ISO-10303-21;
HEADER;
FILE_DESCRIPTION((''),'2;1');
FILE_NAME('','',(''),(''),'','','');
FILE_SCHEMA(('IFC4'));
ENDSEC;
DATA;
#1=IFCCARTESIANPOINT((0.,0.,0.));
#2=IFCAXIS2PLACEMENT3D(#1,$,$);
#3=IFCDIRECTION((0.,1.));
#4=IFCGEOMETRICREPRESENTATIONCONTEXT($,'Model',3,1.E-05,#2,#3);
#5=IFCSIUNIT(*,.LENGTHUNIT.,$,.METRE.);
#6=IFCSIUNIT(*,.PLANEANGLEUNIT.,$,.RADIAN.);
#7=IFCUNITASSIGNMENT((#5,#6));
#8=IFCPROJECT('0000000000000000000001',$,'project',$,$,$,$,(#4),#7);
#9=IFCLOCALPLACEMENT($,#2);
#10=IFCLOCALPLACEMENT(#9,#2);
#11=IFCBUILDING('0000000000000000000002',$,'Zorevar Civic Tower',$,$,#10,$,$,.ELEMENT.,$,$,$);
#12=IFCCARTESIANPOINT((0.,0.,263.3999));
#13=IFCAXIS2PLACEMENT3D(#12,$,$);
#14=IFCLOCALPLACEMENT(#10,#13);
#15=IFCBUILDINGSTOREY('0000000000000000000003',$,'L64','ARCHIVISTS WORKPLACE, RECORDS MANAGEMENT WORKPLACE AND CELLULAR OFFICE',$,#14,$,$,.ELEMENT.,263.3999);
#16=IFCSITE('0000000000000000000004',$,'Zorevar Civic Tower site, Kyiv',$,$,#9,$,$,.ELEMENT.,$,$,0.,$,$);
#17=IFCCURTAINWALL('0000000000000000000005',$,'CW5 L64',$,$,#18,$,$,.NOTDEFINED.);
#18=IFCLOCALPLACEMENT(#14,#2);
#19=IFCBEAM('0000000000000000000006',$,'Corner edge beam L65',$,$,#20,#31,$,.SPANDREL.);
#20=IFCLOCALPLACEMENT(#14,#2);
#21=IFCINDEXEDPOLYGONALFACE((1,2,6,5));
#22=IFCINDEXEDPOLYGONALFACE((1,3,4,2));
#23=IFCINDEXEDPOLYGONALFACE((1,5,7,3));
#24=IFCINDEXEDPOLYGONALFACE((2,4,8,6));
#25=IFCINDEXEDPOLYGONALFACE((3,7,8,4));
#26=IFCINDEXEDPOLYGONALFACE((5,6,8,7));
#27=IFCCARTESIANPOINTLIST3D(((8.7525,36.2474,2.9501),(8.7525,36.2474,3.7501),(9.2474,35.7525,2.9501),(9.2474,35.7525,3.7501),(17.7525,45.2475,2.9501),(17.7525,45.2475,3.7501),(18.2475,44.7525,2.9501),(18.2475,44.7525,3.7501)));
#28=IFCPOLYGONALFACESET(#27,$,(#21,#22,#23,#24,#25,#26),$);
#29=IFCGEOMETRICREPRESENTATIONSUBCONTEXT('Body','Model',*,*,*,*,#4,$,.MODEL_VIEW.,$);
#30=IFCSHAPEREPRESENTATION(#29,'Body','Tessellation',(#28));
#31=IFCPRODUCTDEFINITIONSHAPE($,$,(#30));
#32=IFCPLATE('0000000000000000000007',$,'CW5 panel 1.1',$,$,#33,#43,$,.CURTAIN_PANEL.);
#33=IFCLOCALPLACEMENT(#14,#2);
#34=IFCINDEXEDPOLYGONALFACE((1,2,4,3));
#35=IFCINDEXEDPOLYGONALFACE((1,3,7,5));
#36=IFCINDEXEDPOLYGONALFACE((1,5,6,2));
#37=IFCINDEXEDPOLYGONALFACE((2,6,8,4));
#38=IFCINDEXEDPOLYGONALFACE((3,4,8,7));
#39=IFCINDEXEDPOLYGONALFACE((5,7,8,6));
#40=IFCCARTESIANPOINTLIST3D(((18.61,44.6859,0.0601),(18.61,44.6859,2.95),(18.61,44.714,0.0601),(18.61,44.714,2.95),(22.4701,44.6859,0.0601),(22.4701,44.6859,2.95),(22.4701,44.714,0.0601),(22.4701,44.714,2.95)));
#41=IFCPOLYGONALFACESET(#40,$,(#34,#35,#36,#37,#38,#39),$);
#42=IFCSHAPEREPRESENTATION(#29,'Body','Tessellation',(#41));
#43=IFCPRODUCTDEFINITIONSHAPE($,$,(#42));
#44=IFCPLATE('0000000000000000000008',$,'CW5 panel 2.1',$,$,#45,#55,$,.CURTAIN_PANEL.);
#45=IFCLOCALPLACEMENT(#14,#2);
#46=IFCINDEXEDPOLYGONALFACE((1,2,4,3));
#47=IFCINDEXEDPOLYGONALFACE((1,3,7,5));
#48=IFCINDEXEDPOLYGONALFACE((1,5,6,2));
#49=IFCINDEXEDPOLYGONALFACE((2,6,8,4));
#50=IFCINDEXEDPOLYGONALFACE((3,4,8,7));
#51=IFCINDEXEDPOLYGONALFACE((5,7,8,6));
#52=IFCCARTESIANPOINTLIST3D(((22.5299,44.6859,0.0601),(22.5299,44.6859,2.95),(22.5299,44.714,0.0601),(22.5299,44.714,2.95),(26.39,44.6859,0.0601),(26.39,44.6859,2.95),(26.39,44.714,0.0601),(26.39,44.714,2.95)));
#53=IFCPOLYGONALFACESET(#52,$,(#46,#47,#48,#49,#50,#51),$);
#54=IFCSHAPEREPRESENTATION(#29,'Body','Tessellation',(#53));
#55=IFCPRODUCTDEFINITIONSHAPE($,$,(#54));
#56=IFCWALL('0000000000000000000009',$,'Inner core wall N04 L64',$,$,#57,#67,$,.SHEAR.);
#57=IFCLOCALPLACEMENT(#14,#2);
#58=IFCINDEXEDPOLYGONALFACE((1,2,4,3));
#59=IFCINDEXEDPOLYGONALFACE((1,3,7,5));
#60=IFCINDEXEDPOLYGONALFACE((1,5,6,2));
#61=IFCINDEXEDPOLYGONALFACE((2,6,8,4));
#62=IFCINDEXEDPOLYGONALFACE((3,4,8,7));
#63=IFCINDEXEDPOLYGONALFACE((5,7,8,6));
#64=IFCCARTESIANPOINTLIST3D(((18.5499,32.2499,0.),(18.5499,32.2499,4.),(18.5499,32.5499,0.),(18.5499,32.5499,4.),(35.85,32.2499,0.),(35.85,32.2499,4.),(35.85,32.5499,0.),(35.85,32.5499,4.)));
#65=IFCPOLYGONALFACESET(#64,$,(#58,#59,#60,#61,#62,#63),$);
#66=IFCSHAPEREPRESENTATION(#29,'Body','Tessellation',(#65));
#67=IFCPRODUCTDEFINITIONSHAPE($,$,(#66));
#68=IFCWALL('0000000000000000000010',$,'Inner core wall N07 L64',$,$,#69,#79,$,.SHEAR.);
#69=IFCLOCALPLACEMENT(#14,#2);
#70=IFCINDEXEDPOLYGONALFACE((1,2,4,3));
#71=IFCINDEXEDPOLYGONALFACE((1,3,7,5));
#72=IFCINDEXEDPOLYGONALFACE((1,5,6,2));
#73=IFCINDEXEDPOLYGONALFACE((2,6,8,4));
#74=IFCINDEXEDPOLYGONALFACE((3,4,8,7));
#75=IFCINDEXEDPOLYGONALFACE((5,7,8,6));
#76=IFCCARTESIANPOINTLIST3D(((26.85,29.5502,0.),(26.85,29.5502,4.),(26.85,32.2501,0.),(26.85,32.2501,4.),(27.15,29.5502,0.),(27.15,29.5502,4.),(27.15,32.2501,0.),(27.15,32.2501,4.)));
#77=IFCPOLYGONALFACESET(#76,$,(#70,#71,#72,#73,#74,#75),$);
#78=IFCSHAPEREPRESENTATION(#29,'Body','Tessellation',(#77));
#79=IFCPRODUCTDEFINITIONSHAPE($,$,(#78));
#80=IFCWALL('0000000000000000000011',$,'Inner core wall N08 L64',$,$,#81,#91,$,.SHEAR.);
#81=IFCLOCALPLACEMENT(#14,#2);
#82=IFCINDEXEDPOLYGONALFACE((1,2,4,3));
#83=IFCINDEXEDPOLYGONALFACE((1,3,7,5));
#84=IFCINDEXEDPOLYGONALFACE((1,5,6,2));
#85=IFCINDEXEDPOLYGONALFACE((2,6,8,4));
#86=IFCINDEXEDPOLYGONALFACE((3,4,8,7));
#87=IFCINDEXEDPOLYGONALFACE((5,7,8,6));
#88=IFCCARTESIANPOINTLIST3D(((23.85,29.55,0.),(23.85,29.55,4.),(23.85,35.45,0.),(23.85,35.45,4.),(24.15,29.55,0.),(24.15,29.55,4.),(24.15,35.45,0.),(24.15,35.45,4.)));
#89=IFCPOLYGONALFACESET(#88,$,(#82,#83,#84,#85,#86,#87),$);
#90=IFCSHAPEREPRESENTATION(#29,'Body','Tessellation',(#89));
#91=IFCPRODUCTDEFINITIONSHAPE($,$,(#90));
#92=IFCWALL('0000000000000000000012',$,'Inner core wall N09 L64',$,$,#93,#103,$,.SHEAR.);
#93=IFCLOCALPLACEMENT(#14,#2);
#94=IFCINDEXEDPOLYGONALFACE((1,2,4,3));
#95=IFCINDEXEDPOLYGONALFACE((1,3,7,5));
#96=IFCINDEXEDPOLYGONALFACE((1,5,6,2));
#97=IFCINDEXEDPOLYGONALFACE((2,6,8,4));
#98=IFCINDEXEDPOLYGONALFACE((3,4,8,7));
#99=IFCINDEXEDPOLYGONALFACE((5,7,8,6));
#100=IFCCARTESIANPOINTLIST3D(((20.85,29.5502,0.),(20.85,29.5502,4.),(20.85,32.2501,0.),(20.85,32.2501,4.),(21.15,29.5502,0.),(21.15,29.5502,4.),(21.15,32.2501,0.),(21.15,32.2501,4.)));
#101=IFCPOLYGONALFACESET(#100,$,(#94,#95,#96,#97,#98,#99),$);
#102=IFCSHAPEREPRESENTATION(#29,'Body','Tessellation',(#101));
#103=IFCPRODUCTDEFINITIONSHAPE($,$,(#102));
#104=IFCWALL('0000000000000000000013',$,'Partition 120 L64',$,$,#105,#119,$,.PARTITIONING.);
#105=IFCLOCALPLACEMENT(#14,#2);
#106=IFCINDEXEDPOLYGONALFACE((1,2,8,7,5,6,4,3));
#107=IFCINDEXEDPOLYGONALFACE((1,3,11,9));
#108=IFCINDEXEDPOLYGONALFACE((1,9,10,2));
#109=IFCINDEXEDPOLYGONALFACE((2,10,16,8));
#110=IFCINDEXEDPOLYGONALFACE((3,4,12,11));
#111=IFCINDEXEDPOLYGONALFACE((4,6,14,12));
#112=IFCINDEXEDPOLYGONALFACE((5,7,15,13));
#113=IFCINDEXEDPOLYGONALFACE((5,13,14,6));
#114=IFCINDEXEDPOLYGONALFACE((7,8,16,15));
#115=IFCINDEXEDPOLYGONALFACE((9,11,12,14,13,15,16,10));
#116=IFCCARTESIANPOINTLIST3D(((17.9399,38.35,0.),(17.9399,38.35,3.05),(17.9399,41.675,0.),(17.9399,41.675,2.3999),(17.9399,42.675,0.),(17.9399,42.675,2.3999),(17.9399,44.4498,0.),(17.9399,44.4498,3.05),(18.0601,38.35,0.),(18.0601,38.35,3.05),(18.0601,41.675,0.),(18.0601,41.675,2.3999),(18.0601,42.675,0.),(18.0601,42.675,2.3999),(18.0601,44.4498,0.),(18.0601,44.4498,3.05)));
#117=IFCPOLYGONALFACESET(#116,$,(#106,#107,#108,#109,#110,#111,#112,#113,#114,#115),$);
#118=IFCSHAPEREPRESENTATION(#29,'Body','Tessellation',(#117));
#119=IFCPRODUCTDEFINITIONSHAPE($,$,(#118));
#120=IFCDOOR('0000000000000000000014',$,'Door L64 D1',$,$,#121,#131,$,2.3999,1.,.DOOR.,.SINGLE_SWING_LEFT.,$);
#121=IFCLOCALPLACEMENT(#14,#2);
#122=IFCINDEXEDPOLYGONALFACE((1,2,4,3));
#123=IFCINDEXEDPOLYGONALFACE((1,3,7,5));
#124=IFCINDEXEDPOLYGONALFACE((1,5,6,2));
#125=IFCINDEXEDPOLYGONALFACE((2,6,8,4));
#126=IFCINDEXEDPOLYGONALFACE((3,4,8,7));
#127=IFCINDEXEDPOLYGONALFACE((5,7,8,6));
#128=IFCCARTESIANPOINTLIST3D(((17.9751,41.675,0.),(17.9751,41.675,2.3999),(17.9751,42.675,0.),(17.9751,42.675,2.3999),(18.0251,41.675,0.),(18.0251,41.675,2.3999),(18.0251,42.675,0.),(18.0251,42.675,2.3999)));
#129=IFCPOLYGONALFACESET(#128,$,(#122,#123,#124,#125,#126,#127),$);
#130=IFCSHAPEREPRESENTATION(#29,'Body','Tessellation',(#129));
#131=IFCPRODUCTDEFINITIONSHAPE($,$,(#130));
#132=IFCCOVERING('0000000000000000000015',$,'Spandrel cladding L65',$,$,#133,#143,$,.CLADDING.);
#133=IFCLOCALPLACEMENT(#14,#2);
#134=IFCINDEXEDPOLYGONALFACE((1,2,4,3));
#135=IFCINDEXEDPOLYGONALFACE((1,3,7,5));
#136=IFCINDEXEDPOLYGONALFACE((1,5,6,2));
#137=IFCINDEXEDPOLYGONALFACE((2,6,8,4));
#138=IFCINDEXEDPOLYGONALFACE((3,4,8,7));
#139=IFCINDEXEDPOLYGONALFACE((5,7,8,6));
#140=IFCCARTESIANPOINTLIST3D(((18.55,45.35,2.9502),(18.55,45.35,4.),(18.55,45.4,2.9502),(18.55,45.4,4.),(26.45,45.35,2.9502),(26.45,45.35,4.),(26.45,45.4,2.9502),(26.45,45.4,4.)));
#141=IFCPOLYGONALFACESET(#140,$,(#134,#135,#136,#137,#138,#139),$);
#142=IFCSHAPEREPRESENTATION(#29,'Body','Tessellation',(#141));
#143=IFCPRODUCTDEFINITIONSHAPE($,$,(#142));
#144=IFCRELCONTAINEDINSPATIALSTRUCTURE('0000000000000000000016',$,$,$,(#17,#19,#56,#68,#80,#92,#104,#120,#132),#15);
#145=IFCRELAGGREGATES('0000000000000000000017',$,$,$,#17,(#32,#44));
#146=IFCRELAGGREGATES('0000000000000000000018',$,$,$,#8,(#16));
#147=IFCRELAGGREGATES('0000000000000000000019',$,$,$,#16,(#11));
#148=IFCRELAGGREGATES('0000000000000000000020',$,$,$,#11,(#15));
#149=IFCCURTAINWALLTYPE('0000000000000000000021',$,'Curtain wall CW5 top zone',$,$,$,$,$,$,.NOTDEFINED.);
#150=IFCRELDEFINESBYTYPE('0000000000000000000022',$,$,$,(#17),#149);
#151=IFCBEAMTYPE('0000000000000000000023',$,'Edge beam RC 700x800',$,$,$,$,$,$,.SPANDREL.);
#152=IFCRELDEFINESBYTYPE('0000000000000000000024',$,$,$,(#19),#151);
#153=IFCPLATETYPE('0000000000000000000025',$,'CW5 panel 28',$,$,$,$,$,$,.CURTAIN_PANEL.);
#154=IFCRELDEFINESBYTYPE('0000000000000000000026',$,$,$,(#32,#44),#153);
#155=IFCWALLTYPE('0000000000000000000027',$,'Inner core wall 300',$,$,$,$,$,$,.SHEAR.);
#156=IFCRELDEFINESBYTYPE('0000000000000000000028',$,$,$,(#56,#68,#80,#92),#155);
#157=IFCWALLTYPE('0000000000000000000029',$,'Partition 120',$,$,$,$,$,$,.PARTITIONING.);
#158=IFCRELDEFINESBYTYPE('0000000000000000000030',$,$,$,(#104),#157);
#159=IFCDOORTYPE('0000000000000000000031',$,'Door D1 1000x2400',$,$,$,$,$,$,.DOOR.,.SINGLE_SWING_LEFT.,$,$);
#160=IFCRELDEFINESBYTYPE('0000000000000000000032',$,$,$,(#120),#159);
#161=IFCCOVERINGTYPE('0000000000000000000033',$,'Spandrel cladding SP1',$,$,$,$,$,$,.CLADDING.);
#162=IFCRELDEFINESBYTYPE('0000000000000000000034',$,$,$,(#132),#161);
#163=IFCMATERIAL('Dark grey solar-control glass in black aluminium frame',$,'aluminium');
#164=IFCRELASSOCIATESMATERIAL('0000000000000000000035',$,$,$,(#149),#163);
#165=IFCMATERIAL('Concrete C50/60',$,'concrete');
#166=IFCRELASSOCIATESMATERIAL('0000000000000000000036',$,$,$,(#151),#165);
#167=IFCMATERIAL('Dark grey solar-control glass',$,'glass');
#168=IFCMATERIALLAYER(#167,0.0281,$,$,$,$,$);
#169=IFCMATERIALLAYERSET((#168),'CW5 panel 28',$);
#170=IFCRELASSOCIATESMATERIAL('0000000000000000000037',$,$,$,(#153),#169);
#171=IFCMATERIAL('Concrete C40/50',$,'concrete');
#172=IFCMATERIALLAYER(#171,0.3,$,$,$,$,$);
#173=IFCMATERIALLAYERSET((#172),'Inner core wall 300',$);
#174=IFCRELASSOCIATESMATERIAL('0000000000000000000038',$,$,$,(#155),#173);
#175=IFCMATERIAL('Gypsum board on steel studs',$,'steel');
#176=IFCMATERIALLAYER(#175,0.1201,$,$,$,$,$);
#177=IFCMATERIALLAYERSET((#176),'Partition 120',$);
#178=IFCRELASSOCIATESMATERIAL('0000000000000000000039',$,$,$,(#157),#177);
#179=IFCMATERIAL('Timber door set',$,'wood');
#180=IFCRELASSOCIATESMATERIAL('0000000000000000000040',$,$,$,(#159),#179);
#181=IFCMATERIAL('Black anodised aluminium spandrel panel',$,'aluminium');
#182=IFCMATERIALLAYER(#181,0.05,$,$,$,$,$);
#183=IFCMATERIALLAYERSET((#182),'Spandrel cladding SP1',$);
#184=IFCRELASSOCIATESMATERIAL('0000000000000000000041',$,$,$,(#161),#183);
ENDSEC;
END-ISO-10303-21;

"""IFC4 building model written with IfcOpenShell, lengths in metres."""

from ifc_helpers import new_model, si_unit, direction, frame, frame_2d, origin, origin_2d, place, context, subcontext, project, spatial, rectangle, extrude, material, layer, layer_set, material_profile, profile_set, type_object, element, fill, aggregate, save


model = new_model("IFC4")

# Units and contexts
model_context = context("Model", 3, precision=1e-05, world=origin(), true_north=direction((0.0, 1.0)))
body_context = subcontext(model_context, "Body", "Model", "MODEL_VIEW")
ifc_project = project(units=[si_unit("LENGTHUNIT", "METRE"), si_unit("PLANEANGLEUNIT", "RADIAN")], contexts=[model_context])

# Site, building, storey
site_placement = place(None, origin())
site = spatial("IfcSite", under=ifc_project, at=site_placement, Name="Zorevar Civic Tower site, Kyiv", CompositionType="ELEMENT", RefElevation=0.0)
building_placement = place(site_placement, origin())
building = spatial("IfcBuilding", under=site, at=building_placement, Name="Zorevar Civic Tower", CompositionType="ELEMENT")
storey_placement = place(building_placement, frame((0.0, 0.0, 263.3999)))
storey = spatial("IfcBuildingStorey", under=building, at=storey_placement, Name="L64", Description="ARCHIVISTS WORKPLACE, RECORDS MANAGEMENT WORKPLACE AND CELLULAR OFFICE", CompositionType="ELEMENT", Elevation=263.3999)

# Curtain wall
ifc_material_1 = material(Name="Dark grey solar-control glass in black aluminium frame", Category="aluminium")
curtain_wall_type = type_object("IfcCurtainWallType", Name="Curtain wall CW5 top zone", PredefinedType="NOTDEFINED", material=ifc_material_1)
curtain_wall_placement = place(storey_placement, origin())
curtain_wall = element("IfcCurtainWall", 1, at=curtain_wall_placement, inside=storey, type_object=curtain_wall_type, Name="CW5 L64", PredefinedType="NOTDEFINED")

# Beam
ifc_material_2 = material(Name="Concrete C50/60", Category="concrete")
ifc_material_profile_1 = material_profile(ifc_material_2, rectangle(XDim=0.7, YDim=0.8, at=origin_2d()), Name="RC 700x800")
ifc_profile_set_1 = profile_set([ifc_material_profile_1], Name="Concrete C50/60")
beam_type_1 = type_object("IfcBeamType", Name="Edge beam RC 700x800", PredefinedType="SPANDREL", material=ifc_profile_set_1)
beam_1_placement = place(storey_placement, frame((18.0, 45.0, 3.3501), z_axis=(-0.707107, -0.707107, 0.0), x_axis=(0.707107, -0.707107, 0.0)))
element("IfcBeam", 2, at=beam_1_placement, inside=storey, type_object=beam_type_1, Name="Corner edge beam L65", PredefinedType="SPANDREL", context=body_context, shape_type="SweptSolid", body=[
    extrude(rectangle(XDim=0.7, YDim=0.8, at=origin_2d()), origin(), (0.0, 0.0, 1.0), 12.728),
])

# Plates
ifc_material_3 = material(Name="Dark grey solar-control glass", Category="glass")
ifc_layer_1 = layer(ifc_material_3, 0.0281)
ifc_layer_set_1 = layer_set([ifc_layer_1], Name="CW5 panel 28")
plate_type = type_object("IfcPlateType", Name="CW5 panel 28", PredefinedType="CURTAIN_PANEL", material=ifc_layer_set_1)
plate_1_placement = place(storey_placement, frame((20.54, 44.7, 0.0601), z_axis=(0.0, 0.0, 1.0), x_axis=(1.0, 0.0, 0.0)))
plate_1 = element("IfcPlate", 3, at=plate_1_placement, type_object=plate_type, Name="CW5 panel 1.1", PredefinedType="CURTAIN_PANEL", context=body_context, shape_type="SweptSolid", body=[
    extrude(rectangle(XDim=3.8601, YDim=0.0281, at=origin_2d()), origin(), (0.0, 0.0, 1.0), 2.8899),
])
plate_2_placement = place(storey_placement, frame((24.46, 44.7, 0.0601), z_axis=(0.0, 0.0, 1.0), x_axis=(1.0, 0.0, 0.0)))
plate_2 = element("IfcPlate", 4, at=plate_2_placement, type_object=plate_type, Name="CW5 panel 2.1", PredefinedType="CURTAIN_PANEL", context=body_context, shape_type="SweptSolid", body=[
    extrude(rectangle(XDim=3.8601, YDim=0.0281, at=origin_2d()), origin(), (0.0, 0.0, 1.0), 2.8899),
])
aggregate(curtain_wall, [plate_1, plate_2])

# Walls
ifc_material_4 = material(Name="Concrete C40/50", Category="concrete")
ifc_layer_2 = layer(ifc_material_4, 0.3)
ifc_layer_set_2 = layer_set([ifc_layer_2], Name="Inner core wall 300")
wall_type_1 = type_object("IfcWallType", Name="Inner core wall 300", PredefinedType="SHEAR", material=ifc_layer_set_2)
wall_1_placement = place(storey_placement, frame((18.55, 32.3999, 0.0), z_axis=(0.0, 0.0, 1.0), x_axis=(1.0, 0.0, 0.0)))
element("IfcWall", 5, at=wall_1_placement, inside=storey, type_object=wall_type_1, Name="Inner core wall N04 L64", PredefinedType="SHEAR", context=body_context, shape_type="SweptSolid", body=[
    extrude(rectangle(XDim=17.3, YDim=0.3, at=frame_2d((8.6499, 0.0))), origin(), (0.0, 0.0, 1.0), 4.0),
])
wall_2_placement = place(storey_placement, frame((27.0, 29.55, 0.0), z_axis=(0.0, 0.0, 1.0), x_axis=(0.0, 1.0, 0.0)))
element("IfcWall", 6, at=wall_2_placement, inside=storey, type_object=wall_type_1, Name="Inner core wall N07 L64", PredefinedType="SHEAR", context=body_context, shape_type="SweptSolid", body=[
    extrude(rectangle(XDim=2.7, YDim=0.3, at=frame_2d((1.3501, 0.0))), origin(), (0.0, 0.0, 1.0), 4.0),
])
wall_3_placement = place(storey_placement, frame((24.0, 29.55, 0.0), z_axis=(0.0, 0.0, 1.0), x_axis=(0.0, 1.0, 0.0)))
element("IfcWall", 7, at=wall_3_placement, inside=storey, type_object=wall_type_1, Name="Inner core wall N08 L64", PredefinedType="SHEAR", context=body_context, shape_type="SweptSolid", body=[
    extrude(rectangle(XDim=5.8999, YDim=0.3, at=frame_2d((2.95, 0.0))), origin(), (0.0, 0.0, 1.0), 4.0),
])
wall_4_placement = place(storey_placement, frame((21.0, 29.55, 0.0), z_axis=(0.0, 0.0, 1.0), x_axis=(0.0, 1.0, 0.0)))
element("IfcWall", 8, at=wall_4_placement, inside=storey, type_object=wall_type_1, Name="Inner core wall N09 L64", PredefinedType="SHEAR", context=body_context, shape_type="SweptSolid", body=[
    extrude(rectangle(XDim=2.7, YDim=0.3, at=frame_2d((1.3501, 0.0))), origin(), (0.0, 0.0, 1.0), 4.0),
])

# Wall, opening, door
ifc_material_5 = material(Name="Gypsum board on steel studs", Category="steel")
ifc_layer_3 = layer(ifc_material_5, 0.1201)
ifc_layer_set_3 = layer_set([ifc_layer_3], Name="Partition 120")
wall_type_2 = type_object("IfcWallType", Name="Partition 120", PredefinedType="PARTITIONING", material=ifc_layer_set_3)
wall_5_placement = place(storey_placement, frame((18.0, 38.3501, 0.0), z_axis=(0.0, 0.0, 1.0), x_axis=(0.0, 1.0, 0.0)))
wall_5 = element("IfcWall", 9, at=wall_5_placement, inside=storey, type_object=wall_type_2, Name="Partition 120 L64", PredefinedType="PARTITIONING", context=body_context, shape_type="SweptSolid", body=[
    extrude(rectangle(XDim=6.0999, YDim=0.1201, at=frame_2d((3.0498, 0.0))), origin(), (0.0, 0.0, 1.0), 3.05),
])
opening_1_placement = place(wall_5_placement, frame((3.325, 0.0, 0.0)))
opening_1 = element("IfcOpeningElement", 10, at=opening_1_placement, cuts=wall_5, PredefinedType="OPENING", context=body_context, shape_type="SweptSolid", body=[
    extrude(rectangle(XDim=1.0, YDim=2.3999, at=frame_2d((0.5, 1.2))), frame((0.0, 0.0701, 0.0), z_axis=(0.0, -1.0, 0.0), x_axis=(1.0, 0.0, 0.0)), (0.0, 0.0, 1.0), 0.1401),
])
ifc_material_6 = material(Name="Timber door set", Category="wood")
door_type_1 = type_object("IfcDoorType", Name="Door D1 1000x2400", OperationType="SINGLE_SWING_LEFT", PredefinedType="DOOR", material=ifc_material_6)
door_1_placement = place(opening_1_placement, origin())
door_1 = element("IfcDoor", 11, at=door_1_placement, inside=storey, type_object=door_type_1, Name="Door L64 D1", OperationType="SINGLE_SWING_LEFT", OverallHeight=2.3999, OverallWidth=1.0, PredefinedType="DOOR", context=body_context, shape_type="SweptSolid", body=[
    extrude(rectangle(XDim=1.0, YDim=2.3999, at=frame_2d((0.5, 1.2))), frame((0.0, 0.0249, 0.0), z_axis=(0.0, -1.0, 0.0), x_axis=(1.0, 0.0, 0.0)), (0.0, 0.0, 1.0), 0.05),
])
fill(opening_1, door_1)

# Covering
ifc_material_7 = material(Name="Black anodised aluminium spandrel panel", Category="aluminium")
ifc_layer_4 = layer(ifc_material_7, 0.05)
ifc_layer_set_4 = layer_set([ifc_layer_4], Name="Spandrel cladding SP1")
covering_type = type_object("IfcCoveringType", Name="Spandrel cladding SP1", PredefinedType="CLADDING", material=ifc_layer_set_4)
covering_placement = place(storey_placement, frame((18.55, 45.375, 2.9502), z_axis=(0.0, 0.0, 1.0), x_axis=(1.0, 0.0, 0.0)))
element("IfcCovering", 12, at=covering_placement, inside=storey, type_object=covering_type, Name="Spandrel cladding L65", PredefinedType="CLADDING", context=body_context, shape_type="SweptSolid", body=[
    extrude(rectangle(XDim=7.8999, YDim=0.05, at=frame_2d((3.95, 0.0))), origin(), (0.0, 0.0, 1.0), 1.0498),
])

save(model, "model.ifc")
